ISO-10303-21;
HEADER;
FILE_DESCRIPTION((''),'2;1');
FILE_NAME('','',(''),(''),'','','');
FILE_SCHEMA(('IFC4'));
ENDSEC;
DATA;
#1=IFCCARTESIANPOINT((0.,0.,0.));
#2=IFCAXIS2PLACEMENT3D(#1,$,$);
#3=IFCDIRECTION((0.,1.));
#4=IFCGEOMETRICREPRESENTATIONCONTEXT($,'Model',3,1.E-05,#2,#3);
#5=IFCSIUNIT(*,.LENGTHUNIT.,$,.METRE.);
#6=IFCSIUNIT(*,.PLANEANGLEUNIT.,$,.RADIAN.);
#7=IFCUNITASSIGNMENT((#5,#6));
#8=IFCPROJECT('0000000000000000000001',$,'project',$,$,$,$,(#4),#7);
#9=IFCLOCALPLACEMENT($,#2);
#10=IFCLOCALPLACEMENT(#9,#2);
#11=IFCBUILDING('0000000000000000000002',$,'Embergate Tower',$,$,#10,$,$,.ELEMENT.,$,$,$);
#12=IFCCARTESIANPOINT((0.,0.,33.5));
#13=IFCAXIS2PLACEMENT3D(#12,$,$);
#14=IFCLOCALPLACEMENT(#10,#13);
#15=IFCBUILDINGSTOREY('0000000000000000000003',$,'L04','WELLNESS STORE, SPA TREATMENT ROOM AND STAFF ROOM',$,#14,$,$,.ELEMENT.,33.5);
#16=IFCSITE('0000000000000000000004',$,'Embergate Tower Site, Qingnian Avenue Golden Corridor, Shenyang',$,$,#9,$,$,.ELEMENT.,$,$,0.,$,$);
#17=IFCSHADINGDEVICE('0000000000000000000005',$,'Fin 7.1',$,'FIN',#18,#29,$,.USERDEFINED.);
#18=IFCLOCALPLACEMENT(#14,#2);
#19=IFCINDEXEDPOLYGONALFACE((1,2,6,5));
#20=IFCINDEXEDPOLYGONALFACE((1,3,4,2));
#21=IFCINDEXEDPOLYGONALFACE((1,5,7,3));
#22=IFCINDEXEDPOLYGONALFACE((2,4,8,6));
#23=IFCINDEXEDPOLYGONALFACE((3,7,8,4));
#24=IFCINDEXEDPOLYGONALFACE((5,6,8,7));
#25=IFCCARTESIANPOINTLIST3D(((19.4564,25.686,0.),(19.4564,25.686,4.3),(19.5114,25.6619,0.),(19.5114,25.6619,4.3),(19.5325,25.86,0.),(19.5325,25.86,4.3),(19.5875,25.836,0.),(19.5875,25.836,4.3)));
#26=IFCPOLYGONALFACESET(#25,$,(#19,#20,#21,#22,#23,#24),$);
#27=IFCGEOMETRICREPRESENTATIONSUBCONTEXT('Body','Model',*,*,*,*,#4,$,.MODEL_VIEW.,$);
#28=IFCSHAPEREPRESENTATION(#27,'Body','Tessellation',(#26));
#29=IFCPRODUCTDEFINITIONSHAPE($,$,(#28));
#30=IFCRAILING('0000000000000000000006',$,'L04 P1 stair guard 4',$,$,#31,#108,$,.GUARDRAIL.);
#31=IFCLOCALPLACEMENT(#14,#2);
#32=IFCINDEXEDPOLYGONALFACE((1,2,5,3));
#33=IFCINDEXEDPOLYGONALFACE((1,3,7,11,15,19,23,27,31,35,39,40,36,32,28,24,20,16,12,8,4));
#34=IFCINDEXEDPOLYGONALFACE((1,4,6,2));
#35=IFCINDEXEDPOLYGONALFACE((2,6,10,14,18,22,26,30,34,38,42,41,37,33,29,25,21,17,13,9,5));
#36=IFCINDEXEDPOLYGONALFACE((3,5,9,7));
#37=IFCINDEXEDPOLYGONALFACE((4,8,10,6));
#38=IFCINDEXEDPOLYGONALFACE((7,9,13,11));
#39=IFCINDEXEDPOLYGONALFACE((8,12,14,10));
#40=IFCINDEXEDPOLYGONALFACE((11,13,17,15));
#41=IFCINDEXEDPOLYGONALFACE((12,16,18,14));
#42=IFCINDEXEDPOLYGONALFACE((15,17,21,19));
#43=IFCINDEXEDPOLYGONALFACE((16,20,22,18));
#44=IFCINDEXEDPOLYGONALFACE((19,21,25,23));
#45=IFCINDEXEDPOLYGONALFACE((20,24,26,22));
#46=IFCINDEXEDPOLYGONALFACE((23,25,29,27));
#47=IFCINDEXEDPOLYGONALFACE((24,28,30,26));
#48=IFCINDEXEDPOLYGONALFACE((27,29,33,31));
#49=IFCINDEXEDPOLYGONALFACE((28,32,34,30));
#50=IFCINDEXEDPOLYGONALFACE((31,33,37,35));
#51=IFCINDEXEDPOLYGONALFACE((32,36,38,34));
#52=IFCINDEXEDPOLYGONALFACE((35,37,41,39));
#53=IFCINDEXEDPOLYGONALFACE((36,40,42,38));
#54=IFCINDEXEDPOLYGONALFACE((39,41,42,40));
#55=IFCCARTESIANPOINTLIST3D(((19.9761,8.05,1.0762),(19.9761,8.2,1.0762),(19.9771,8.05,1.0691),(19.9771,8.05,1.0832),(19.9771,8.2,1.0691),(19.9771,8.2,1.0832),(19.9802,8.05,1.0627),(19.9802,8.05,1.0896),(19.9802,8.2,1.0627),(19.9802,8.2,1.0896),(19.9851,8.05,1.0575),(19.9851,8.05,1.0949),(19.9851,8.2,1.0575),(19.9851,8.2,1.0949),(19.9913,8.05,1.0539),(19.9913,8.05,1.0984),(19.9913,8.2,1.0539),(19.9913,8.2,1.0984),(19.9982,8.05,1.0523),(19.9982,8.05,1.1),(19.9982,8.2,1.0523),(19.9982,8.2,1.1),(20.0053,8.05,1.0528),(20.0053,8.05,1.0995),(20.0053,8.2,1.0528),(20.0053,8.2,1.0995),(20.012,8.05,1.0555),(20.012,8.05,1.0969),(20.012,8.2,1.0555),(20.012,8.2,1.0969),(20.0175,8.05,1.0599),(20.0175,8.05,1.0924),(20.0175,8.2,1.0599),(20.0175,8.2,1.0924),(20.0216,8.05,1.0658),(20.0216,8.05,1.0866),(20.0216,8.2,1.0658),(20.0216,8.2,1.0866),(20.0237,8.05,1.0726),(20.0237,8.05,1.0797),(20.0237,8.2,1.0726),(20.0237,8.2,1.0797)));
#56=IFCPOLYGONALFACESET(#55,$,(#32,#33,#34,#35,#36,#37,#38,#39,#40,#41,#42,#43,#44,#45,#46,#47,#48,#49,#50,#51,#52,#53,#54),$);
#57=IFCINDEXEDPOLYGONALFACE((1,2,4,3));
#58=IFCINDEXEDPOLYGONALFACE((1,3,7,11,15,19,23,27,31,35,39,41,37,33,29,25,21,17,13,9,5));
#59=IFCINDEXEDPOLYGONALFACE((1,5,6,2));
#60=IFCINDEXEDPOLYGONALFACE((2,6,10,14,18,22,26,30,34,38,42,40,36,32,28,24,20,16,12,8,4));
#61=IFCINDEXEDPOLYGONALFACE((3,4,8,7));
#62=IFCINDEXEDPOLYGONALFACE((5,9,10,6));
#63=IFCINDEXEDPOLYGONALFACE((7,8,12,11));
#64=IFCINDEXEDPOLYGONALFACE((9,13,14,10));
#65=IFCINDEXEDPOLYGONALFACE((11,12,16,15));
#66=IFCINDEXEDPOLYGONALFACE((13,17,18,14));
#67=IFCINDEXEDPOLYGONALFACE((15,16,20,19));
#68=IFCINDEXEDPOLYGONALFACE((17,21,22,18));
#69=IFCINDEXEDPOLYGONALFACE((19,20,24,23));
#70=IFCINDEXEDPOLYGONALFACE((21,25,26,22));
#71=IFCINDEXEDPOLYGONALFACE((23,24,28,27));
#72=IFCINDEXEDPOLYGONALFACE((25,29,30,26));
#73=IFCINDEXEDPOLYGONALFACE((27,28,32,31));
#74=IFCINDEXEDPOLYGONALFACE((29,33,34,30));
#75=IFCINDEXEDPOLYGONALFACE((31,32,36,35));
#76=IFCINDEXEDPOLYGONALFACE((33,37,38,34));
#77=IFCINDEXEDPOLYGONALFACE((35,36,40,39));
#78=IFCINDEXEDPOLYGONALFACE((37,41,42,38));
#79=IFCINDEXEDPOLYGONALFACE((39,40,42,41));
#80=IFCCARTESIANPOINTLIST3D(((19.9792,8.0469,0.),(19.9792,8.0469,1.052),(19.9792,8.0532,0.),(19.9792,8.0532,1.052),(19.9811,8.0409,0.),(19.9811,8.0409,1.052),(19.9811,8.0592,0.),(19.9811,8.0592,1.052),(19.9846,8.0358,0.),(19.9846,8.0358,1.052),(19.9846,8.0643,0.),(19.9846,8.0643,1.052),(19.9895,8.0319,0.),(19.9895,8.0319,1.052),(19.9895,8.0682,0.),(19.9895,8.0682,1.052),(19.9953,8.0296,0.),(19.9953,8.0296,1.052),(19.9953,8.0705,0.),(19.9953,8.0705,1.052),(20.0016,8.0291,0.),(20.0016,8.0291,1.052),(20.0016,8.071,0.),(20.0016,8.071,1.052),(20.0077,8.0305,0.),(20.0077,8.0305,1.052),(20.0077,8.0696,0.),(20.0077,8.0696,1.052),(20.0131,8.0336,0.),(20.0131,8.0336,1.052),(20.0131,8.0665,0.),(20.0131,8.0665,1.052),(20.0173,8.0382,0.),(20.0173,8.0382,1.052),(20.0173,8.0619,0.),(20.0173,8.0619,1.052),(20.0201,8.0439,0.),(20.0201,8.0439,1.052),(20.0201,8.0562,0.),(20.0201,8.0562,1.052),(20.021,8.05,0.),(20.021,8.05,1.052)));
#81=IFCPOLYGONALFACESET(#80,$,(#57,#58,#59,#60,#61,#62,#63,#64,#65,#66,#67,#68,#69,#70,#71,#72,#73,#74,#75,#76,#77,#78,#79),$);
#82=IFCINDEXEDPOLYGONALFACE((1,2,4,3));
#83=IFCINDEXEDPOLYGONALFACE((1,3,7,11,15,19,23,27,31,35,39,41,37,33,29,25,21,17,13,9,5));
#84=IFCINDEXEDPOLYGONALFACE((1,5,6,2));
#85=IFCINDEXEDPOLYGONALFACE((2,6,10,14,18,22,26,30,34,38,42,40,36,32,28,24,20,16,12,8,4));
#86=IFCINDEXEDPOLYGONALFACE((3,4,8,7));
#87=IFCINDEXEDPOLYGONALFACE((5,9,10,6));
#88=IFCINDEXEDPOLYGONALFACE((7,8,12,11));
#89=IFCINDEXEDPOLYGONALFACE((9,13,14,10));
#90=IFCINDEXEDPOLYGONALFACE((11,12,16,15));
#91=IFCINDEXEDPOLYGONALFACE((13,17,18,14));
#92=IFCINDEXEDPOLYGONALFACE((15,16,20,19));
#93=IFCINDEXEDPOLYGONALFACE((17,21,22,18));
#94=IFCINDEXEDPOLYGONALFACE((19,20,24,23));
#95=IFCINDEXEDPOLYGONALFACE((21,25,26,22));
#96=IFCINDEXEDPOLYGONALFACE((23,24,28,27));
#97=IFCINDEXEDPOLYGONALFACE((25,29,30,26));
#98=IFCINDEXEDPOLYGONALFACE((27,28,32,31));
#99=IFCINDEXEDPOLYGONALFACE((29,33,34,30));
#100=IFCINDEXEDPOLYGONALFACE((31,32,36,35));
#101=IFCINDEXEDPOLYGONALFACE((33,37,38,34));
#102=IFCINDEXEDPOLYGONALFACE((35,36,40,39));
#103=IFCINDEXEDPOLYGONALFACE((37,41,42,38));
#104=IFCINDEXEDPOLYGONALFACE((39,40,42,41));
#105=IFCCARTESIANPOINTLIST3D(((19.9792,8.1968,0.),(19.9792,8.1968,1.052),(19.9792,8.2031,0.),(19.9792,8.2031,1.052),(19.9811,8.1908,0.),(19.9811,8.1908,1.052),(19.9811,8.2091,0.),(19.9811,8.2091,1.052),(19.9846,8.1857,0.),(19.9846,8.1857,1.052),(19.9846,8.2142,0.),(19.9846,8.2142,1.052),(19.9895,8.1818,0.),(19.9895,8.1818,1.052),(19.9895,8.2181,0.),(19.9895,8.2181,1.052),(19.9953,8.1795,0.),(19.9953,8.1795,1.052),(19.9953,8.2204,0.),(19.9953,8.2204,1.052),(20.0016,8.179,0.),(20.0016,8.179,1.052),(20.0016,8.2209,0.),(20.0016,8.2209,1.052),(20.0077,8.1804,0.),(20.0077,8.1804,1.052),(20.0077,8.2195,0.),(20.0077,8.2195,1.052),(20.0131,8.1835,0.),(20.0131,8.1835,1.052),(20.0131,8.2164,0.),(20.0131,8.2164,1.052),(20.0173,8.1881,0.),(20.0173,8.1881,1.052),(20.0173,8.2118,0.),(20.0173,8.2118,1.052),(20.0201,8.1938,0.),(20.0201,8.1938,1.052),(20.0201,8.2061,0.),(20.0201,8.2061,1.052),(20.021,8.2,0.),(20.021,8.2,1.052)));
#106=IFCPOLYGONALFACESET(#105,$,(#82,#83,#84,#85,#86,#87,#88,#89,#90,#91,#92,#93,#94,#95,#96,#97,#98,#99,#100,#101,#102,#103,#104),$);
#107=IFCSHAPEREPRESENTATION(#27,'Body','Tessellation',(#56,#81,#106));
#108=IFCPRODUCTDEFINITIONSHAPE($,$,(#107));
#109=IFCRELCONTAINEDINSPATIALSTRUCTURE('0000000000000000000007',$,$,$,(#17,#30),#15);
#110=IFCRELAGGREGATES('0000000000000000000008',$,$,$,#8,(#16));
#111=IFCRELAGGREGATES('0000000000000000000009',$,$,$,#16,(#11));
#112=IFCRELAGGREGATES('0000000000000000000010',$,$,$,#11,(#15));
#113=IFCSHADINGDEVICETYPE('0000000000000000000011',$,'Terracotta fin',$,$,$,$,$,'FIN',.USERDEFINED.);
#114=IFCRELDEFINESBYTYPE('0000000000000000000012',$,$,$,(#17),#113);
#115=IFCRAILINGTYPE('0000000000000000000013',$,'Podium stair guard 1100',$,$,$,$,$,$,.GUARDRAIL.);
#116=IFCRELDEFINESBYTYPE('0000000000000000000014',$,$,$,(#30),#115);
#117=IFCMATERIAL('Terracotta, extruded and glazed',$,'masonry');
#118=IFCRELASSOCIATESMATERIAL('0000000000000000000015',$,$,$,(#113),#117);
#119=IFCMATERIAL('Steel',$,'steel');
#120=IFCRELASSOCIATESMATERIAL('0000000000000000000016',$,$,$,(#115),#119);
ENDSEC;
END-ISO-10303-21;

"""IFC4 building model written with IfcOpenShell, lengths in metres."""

from ifc_helpers import new_model, si_unit, direction, frame, origin, origin_2d, place, context, subcontext, project, spatial, rectangle, circle, extrude, source, transform, mapped, material, material_profile, profile_set, type_object, element, save


model = new_model("IFC4")

# Units and contexts
model_context = context("Model", 3, precision=1e-05, world=origin(), true_north=direction((0.0, 1.0)))
body_context = subcontext(model_context, "Body", "Model", "MODEL_VIEW")
ifc_project = project(units=[si_unit("LENGTHUNIT", "METRE"), si_unit("PLANEANGLEUNIT", "RADIAN")], contexts=[model_context])

# Site, building, storey
site_placement = place(None, origin())
site = spatial("IfcSite", under=ifc_project, at=site_placement, Name="Embergate Tower Site, Qingnian Avenue Golden Corridor, Shenyang", CompositionType="ELEMENT", RefElevation=0.0)
building_placement = place(site_placement, origin())
building = spatial("IfcBuilding", under=site, at=building_placement, Name="Embergate Tower", CompositionType="ELEMENT")
storey_placement = place(building_placement, frame((0.0, 0.0, 33.5)))
storey = spatial("IfcBuildingStorey", under=building, at=storey_placement, Name="L04", Description="WELLNESS STORE, SPA TREATMENT ROOM AND STAFF ROOM", CompositionType="ELEMENT", Elevation=33.5)

# Shading device
ifc_material_1 = material(Name="Terracotta, extruded and glazed", Category="masonry")
ifc_material_profile = material_profile(ifc_material_1, rectangle(XDim=0.1899, YDim=0.0601, at=origin_2d()), Name="TC 190x60")
ifc_profile_set = profile_set([ifc_material_profile], Name="Terracotta, extruded and glazed")
shading_device_type = type_object("IfcShadingDeviceType", Name="Terracotta fin", ElementType="FIN", PredefinedType="USERDEFINED", material=ifc_profile_set)
shared_shape_1 = source(origin(), body_context, "Body", "SweptSolid", [
    extrude(rectangle(XDim=0.1899, YDim=0.0601, at=origin_2d()), origin(), (0.0, 0.0, 1.0), 4.3),
])
shading_device_placement = place(storey_placement, frame((19.522, 25.761, 0.0), z_axis=(0.0, 0.0, 1.0), x_axis=(-0.400637, -0.916237, 0.0)))
element("IfcShadingDevice", 1, at=shading_device_placement, inside=storey, type_object=shading_device_type, Name="Fin 7.1", ObjectType="FIN", PredefinedType="USERDEFINED", context=body_context, shape_type="MappedRepresentation", body=[
    mapped(shared_shape_1, transform((0.0, 0.0, 0.0))),
])

# Railing
ifc_material_2 = material(Name="Steel", Category="steel")
railing_type_1 = type_object("IfcRailingType", Name="Podium stair guard 1100", PredefinedType="GUARDRAIL", material=ifc_material_2)
shared_shape_2 = source(origin(), body_context, "Body", "SweptSolid", [
    extrude(circle(Radius=0.0239, at=origin_2d()), frame((0.0, 0.0, 1.0762), z_axis=(0.0, 1.0, 0.0), x_axis=(-1.0, 0.0, 0.0)), (0.0, 0.0, 1.0), 0.1499),
    extrude(circle(Radius=0.021, at=origin_2d()), origin(), (0.0, 0.0, 1.0), 1.052),
    extrude(circle(Radius=0.021, at=origin_2d()), frame((0.0, 0.1499, 0.0)), (0.0, 0.0, 1.0), 1.052),
])
railing_1_placement = place(storey_placement, frame((20.0, 8.05, 0.0)))
element("IfcRailing", 2, at=railing_1_placement, inside=storey, type_object=railing_type_1, Name="L04 P1 stair guard 4", PredefinedType="GUARDRAIL", context=body_context, shape_type="MappedRepresentation", body=[
    mapped(shared_shape_2, transform((0.0, 0.0, 0.0))),
])

save(model, "model.ifc")
